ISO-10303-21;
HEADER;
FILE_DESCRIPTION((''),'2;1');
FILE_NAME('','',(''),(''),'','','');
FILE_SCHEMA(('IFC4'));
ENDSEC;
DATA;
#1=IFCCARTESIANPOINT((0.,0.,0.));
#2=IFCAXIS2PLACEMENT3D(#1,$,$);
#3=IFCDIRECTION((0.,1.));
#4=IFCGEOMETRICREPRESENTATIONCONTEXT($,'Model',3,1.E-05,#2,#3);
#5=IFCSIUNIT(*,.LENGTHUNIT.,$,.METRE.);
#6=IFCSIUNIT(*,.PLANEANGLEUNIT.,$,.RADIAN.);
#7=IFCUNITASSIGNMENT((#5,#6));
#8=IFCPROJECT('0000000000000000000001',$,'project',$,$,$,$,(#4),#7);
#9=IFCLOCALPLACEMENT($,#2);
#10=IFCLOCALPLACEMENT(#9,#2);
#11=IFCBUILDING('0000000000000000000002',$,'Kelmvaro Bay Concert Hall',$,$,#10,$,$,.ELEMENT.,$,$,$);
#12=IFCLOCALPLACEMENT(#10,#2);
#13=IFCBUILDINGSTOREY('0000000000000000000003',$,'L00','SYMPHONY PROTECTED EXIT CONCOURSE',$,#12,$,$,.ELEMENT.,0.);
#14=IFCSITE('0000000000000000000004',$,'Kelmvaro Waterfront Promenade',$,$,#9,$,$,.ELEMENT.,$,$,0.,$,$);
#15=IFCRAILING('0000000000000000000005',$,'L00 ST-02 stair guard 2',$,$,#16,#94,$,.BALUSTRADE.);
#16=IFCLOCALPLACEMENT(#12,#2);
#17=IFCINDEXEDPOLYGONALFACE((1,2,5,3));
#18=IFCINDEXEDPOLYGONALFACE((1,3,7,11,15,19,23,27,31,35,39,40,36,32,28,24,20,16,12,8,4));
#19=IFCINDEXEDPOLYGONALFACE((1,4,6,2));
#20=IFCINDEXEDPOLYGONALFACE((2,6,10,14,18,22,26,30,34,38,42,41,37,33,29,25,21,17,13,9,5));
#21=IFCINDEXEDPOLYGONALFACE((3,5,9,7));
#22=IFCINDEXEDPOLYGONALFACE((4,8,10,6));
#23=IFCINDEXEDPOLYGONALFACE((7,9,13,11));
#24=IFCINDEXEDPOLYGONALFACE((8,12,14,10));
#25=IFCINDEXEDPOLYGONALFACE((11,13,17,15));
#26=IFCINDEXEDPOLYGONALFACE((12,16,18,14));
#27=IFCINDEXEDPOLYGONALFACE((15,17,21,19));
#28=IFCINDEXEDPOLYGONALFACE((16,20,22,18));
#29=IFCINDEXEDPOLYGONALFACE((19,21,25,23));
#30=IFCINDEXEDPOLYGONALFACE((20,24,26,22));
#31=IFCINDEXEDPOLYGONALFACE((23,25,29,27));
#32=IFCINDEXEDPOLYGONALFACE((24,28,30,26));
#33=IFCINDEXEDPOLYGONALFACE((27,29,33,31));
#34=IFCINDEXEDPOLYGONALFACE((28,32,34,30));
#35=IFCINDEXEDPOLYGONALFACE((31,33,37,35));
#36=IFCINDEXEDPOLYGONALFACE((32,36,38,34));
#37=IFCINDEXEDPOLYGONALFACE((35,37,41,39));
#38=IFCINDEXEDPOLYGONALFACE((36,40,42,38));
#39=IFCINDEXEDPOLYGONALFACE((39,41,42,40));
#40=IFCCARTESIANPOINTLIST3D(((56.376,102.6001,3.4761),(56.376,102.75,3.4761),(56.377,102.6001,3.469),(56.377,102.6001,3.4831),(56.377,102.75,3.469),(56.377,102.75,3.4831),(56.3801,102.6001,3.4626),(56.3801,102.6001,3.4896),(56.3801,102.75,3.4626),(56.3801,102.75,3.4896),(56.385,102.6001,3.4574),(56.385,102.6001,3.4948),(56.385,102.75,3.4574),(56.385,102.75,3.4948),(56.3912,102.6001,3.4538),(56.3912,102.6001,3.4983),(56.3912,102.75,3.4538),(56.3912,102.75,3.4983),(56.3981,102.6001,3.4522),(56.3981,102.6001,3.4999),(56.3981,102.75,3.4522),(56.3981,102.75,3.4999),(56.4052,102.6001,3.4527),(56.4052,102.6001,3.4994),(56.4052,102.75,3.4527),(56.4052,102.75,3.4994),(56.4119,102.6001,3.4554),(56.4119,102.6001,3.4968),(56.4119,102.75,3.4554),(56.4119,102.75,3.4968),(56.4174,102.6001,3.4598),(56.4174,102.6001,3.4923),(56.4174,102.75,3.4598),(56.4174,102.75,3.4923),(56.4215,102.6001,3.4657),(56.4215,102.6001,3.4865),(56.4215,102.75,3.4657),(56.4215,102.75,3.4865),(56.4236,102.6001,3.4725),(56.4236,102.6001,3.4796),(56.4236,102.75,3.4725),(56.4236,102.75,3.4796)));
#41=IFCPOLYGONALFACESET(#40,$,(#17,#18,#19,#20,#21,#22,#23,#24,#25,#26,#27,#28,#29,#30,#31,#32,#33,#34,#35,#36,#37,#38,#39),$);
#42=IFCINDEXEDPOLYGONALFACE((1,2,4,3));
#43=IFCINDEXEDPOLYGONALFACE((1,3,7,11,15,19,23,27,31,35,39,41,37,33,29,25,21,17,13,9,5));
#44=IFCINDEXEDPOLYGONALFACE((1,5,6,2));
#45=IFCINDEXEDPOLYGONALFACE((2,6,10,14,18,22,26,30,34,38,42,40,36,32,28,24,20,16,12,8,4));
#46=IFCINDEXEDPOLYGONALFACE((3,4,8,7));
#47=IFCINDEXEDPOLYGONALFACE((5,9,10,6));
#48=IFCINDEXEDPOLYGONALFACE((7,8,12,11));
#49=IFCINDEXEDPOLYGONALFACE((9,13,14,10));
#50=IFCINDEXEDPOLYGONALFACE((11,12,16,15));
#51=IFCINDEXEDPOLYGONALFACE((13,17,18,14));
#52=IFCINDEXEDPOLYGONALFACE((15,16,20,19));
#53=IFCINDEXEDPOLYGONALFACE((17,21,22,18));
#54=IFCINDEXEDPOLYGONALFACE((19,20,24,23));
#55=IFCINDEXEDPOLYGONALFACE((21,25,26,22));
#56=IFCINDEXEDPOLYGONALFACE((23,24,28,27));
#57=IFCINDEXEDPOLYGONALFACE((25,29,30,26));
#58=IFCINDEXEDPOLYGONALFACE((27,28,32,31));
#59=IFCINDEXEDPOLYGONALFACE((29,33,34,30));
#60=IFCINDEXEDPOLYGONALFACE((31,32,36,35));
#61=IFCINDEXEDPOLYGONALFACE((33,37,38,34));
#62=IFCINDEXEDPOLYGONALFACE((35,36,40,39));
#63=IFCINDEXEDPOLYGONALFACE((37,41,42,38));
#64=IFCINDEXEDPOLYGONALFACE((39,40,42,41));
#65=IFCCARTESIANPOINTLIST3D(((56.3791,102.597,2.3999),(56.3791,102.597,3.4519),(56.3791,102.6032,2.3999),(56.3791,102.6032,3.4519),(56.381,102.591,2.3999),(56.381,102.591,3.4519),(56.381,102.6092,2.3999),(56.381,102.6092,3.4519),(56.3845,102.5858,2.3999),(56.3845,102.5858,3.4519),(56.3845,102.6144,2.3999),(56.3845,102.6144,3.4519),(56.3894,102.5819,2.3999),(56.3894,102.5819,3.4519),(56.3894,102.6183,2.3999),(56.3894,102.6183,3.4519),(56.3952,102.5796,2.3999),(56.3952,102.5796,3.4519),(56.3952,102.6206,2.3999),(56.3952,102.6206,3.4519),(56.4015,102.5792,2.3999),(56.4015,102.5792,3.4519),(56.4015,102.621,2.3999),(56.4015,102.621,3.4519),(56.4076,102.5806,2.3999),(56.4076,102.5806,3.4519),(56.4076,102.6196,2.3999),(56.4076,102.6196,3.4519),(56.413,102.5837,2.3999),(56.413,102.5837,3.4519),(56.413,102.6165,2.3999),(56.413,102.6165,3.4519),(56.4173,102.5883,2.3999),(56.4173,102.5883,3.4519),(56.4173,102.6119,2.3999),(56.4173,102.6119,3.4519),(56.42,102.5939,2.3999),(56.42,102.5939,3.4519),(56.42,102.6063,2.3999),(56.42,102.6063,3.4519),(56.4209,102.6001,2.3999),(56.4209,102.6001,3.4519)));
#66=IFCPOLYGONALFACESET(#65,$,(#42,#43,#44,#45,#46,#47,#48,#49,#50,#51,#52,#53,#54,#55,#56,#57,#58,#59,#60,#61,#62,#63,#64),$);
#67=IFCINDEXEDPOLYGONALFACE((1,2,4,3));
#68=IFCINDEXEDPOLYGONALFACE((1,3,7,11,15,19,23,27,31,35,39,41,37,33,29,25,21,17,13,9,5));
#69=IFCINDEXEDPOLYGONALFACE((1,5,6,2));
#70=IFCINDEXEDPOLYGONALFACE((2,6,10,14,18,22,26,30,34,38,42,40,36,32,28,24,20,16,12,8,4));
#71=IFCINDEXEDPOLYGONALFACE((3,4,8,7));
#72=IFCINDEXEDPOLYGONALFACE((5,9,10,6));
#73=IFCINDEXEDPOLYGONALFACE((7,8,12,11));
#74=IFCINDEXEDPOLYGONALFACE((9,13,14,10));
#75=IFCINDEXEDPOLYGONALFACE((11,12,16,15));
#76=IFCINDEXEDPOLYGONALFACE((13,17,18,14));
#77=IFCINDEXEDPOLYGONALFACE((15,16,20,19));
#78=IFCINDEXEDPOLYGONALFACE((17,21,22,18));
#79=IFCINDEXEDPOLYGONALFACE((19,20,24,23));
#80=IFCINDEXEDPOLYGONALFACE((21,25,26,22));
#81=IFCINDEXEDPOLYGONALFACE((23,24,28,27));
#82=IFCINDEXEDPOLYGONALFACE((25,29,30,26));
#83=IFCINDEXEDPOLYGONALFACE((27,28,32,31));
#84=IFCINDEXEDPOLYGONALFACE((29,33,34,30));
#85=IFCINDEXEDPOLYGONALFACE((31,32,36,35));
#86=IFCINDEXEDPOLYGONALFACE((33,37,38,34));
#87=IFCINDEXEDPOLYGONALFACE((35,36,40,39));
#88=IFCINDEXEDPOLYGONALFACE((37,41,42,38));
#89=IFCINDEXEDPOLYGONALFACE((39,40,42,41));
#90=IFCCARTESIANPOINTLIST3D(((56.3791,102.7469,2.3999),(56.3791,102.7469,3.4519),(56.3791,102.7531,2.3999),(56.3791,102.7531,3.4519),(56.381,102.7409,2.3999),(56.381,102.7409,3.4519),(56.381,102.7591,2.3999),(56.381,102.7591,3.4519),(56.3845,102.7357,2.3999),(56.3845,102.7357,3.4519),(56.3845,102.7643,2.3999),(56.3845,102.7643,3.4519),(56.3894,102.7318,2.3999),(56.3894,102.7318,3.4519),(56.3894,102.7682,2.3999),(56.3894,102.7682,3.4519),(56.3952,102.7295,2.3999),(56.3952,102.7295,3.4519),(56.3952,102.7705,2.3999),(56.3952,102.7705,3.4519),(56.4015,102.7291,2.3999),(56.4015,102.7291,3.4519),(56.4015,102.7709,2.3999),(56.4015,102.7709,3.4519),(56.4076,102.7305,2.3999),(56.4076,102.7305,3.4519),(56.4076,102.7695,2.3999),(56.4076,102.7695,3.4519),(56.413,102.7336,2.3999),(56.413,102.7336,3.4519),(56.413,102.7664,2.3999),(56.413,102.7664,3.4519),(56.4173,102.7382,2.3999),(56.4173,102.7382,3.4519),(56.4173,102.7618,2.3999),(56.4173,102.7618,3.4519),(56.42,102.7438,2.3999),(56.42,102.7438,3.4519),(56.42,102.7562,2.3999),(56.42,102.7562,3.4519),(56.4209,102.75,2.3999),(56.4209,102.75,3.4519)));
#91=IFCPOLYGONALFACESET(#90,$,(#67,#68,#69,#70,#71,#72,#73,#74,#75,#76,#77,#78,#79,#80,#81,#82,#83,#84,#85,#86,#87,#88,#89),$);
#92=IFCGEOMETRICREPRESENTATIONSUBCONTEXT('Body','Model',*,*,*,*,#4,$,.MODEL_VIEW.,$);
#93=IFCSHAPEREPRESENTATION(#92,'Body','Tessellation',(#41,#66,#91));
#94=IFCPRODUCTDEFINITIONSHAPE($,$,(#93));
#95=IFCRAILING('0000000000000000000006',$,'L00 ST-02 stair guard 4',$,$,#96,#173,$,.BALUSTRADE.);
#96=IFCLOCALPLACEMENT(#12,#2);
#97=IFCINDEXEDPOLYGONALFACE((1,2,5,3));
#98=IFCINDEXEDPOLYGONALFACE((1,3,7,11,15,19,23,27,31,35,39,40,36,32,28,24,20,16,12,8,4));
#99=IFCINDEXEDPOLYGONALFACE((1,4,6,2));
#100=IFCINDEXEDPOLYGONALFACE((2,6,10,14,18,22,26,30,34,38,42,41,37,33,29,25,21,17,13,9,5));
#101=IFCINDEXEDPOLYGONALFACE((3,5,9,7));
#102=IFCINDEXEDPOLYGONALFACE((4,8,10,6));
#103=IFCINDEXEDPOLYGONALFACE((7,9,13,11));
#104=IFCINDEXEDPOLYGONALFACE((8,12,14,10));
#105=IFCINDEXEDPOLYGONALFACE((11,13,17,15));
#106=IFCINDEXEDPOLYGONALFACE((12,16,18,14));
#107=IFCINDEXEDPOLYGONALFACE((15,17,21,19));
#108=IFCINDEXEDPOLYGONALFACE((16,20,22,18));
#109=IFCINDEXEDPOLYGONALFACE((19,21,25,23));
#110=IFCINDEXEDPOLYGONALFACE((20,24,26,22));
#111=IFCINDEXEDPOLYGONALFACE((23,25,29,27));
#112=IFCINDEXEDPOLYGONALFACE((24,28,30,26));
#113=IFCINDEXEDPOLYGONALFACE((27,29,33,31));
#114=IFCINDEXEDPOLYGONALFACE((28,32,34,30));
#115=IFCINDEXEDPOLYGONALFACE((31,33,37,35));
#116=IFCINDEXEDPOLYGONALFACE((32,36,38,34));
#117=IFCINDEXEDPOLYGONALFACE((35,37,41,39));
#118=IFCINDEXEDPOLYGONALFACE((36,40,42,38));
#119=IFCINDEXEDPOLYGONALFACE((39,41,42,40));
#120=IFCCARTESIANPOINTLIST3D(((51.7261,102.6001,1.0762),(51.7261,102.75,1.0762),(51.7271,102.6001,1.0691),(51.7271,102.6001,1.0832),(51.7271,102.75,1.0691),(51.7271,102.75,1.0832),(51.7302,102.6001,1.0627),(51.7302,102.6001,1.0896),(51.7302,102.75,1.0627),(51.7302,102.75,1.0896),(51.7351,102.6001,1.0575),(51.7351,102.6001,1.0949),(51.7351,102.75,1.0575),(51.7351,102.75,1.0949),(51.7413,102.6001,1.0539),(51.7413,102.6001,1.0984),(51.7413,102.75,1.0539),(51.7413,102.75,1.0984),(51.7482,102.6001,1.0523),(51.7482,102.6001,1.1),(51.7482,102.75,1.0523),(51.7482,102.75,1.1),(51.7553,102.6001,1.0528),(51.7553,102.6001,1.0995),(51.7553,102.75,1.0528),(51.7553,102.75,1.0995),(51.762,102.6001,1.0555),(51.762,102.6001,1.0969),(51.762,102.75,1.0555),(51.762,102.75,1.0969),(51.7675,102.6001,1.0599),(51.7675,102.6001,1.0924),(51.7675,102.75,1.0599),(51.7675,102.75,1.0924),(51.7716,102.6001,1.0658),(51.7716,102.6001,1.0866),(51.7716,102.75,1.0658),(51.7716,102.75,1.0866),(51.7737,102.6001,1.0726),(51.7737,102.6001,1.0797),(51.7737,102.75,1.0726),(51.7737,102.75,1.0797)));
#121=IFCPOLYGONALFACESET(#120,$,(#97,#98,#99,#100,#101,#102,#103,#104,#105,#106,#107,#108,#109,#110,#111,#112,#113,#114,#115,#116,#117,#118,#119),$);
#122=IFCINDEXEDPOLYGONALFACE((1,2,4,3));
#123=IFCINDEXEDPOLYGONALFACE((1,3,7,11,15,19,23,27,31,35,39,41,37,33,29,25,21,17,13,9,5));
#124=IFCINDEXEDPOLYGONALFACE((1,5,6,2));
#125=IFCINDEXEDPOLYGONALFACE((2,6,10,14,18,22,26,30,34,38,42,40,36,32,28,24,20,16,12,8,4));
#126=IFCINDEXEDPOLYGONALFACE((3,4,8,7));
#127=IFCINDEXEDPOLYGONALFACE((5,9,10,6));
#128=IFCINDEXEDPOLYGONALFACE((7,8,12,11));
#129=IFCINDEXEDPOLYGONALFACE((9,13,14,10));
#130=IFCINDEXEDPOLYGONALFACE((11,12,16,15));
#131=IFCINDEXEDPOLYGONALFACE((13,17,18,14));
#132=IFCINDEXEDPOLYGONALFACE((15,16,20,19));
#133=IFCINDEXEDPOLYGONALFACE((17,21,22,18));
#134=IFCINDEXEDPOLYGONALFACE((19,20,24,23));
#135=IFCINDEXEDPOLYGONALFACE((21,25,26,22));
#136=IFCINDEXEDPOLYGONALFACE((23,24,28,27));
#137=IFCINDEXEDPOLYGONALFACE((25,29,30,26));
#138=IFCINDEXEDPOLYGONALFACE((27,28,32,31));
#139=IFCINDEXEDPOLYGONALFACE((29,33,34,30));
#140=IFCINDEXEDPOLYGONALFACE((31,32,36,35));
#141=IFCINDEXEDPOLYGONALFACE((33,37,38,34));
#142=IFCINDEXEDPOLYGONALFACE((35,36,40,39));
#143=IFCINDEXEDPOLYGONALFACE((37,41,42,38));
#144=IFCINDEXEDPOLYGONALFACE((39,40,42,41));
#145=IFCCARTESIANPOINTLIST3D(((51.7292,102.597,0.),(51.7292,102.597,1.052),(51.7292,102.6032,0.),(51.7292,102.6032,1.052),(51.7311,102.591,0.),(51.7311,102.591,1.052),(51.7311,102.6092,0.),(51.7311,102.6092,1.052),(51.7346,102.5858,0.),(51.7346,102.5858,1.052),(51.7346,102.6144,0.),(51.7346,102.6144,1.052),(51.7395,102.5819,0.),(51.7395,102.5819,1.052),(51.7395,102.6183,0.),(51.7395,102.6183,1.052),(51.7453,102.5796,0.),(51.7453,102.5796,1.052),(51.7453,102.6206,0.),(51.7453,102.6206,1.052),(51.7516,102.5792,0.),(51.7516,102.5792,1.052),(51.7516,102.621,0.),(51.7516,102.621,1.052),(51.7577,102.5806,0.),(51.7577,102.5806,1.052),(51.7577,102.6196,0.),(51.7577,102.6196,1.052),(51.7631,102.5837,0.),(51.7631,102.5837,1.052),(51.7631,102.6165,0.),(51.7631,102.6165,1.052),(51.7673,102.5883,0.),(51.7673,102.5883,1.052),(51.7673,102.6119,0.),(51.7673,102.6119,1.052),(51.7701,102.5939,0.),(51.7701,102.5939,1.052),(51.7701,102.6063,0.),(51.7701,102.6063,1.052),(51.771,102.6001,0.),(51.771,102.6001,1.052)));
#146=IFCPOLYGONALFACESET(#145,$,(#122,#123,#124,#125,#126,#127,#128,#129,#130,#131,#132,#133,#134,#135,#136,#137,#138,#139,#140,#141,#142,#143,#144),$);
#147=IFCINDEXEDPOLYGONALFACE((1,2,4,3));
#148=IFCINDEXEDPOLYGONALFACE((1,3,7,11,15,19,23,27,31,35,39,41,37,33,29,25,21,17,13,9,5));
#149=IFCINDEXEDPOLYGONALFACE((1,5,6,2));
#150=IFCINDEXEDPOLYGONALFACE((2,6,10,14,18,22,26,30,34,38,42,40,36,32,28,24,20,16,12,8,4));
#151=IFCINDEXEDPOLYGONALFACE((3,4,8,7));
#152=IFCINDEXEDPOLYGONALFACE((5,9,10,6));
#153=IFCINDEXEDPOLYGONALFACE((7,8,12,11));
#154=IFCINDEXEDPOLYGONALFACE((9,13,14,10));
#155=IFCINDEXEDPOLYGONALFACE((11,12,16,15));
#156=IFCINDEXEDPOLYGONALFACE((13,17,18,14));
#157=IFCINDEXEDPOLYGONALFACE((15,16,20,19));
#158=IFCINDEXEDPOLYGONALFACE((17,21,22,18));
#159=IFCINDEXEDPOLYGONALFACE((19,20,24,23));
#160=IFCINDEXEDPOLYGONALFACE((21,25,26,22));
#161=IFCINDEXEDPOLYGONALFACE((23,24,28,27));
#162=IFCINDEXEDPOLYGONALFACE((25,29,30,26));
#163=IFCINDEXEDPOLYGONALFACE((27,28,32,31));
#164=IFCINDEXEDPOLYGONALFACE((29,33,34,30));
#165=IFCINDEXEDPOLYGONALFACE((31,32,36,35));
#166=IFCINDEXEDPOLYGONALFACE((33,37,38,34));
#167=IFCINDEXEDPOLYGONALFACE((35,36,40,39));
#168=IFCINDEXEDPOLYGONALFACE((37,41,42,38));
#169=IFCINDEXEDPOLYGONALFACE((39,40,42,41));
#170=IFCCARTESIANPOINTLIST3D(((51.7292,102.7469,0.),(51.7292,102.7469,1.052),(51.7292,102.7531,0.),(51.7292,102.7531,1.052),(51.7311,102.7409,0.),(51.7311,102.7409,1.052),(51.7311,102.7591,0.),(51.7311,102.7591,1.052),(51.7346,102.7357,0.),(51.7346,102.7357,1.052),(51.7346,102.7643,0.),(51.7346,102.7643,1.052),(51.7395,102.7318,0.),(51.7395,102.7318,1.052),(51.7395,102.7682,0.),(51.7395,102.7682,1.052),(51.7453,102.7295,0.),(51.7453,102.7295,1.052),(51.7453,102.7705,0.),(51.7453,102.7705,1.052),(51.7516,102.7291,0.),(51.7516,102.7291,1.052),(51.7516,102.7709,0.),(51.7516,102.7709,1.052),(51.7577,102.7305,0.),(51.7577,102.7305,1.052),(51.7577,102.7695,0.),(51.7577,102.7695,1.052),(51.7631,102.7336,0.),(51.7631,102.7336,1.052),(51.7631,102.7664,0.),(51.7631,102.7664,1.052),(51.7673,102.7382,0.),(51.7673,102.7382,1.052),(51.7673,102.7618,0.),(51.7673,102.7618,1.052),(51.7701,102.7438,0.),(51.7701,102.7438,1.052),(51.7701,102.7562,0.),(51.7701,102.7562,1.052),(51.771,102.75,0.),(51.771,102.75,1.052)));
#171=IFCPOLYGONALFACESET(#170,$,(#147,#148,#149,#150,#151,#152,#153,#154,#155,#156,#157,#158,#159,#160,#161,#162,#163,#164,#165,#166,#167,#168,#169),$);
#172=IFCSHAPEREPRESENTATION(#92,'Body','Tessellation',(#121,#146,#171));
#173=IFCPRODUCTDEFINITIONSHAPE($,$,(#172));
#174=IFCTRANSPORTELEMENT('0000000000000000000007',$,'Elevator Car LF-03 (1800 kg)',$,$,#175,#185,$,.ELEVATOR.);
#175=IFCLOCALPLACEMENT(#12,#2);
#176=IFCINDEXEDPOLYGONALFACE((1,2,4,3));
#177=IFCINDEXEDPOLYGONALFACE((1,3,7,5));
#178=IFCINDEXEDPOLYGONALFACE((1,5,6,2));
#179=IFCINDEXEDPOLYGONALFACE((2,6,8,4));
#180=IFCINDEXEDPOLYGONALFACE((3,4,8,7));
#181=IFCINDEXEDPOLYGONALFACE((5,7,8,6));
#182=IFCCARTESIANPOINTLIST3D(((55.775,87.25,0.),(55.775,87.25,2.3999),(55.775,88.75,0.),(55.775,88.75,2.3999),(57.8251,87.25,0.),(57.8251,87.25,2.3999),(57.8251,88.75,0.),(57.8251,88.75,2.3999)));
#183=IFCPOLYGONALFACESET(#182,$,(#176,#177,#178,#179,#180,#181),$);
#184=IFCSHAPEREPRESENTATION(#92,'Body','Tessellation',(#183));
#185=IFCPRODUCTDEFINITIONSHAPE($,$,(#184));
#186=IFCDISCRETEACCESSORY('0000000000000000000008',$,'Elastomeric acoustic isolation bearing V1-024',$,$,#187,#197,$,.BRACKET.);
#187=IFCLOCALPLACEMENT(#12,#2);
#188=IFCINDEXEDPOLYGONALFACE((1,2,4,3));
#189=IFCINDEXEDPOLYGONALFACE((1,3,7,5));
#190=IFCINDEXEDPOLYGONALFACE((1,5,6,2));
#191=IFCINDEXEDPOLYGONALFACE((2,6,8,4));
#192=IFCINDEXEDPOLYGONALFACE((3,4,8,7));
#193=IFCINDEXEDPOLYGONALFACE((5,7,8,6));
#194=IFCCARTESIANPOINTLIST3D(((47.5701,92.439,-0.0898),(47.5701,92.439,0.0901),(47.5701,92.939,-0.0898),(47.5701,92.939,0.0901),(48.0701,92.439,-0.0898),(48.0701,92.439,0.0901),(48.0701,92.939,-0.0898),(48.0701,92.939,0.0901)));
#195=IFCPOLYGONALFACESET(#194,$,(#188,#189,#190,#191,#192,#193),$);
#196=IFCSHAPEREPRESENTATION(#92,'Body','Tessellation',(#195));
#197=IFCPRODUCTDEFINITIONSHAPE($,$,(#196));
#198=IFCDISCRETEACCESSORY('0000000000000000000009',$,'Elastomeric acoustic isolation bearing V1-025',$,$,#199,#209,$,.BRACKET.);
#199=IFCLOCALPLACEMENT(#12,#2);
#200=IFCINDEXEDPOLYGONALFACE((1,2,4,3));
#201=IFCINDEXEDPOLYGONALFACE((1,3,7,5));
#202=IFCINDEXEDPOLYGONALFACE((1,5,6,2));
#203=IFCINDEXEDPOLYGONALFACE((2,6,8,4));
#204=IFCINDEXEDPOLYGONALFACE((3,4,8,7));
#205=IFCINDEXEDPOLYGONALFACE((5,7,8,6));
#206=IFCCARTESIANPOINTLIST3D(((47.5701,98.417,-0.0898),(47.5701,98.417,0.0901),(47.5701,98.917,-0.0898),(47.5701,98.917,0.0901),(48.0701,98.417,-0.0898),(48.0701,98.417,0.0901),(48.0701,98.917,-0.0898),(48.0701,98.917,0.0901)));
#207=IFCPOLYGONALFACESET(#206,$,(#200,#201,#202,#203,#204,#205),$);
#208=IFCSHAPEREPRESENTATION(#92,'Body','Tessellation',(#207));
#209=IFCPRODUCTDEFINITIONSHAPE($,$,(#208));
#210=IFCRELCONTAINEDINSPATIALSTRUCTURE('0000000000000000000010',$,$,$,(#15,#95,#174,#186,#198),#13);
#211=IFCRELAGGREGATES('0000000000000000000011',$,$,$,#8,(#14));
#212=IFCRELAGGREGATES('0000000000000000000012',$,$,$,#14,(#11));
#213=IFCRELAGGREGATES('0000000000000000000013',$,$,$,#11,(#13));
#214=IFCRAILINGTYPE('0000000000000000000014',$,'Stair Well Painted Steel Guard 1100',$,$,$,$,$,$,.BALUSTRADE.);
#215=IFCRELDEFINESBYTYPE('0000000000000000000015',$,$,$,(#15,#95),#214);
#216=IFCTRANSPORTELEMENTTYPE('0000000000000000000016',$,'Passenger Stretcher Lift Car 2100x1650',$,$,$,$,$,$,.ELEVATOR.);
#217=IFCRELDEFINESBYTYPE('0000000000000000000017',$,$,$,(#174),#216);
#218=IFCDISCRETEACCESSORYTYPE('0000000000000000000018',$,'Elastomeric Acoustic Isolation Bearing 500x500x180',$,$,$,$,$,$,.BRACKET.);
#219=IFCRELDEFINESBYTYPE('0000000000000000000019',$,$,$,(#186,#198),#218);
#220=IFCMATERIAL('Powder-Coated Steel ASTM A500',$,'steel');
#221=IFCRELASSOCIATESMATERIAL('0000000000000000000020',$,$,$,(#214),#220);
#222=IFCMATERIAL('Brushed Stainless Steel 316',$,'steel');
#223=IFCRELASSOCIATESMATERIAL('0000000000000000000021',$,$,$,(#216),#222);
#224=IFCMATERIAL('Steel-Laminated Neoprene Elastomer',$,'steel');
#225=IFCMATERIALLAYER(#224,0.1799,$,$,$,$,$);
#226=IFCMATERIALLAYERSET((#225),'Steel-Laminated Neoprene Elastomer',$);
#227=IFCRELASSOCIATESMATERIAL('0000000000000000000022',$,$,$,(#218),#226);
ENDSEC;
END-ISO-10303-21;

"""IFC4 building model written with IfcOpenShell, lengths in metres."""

from ifc_helpers import new_model, si_unit, direction, frame, origin, origin_2d, place, context, subcontext, project, spatial, rectangle, circle, extrude, material, layer, layer_set, type_object, element, save


model = new_model("IFC4")

# Units and contexts
model_context = context("Model", 3, precision=1e-05, world=origin(), true_north=direction((0.0, 1.0)))
body_context = subcontext(model_context, "Body", "Model", "MODEL_VIEW")
ifc_project = project(units=[si_unit("LENGTHUNIT", "METRE"), si_unit("PLANEANGLEUNIT", "RADIAN")], contexts=[model_context])

# Site, building, storey
site_placement = place(None, origin())
site = spatial("IfcSite", under=ifc_project, at=site_placement, Name="Kelmvaro Waterfront Promenade", CompositionType="ELEMENT", RefElevation=0.0)
building_placement = place(site_placement, origin())
building = spatial("IfcBuilding", under=site, at=building_placement, Name="Kelmvaro Bay Concert Hall", CompositionType="ELEMENT")
storey_placement = place(building_placement, origin())
storey = spatial("IfcBuildingStorey", under=building, at=storey_placement, Name="L00", Description="SYMPHONY PROTECTED EXIT CONCOURSE", CompositionType="ELEMENT", Elevation=0.0)

# Railings
ifc_material_1 = material(Name="Powder-Coated Steel ASTM A500", Category="steel")
railing_type_1 = type_object("IfcRailingType", Name="Stair Well Painted Steel Guard 1100", PredefinedType="BALUSTRADE", material=ifc_material_1)
for number, where, name in (
    (1, (56.3999, 102.6001, 2.3999), "L00 ST-02 stair guard 2"),
    (2, (51.75, 102.6001, 0.0), "L00 ST-02 stair guard 4"),
):
    element("IfcRailing", number, at=place(storey_placement, frame(where)), inside=storey, type_object=railing_type_1, Name=name, PredefinedType="BALUSTRADE", context=body_context, shape_type="SweptSolid", body=[
        extrude(circle(Radius=0.0239, at=origin_2d()), frame((0.0, 0.0, 1.0762), z_axis=(0.0, 1.0, 0.0), x_axis=(-1.0, 0.0, 0.0)), (0.0, 0.0, 1.0), 0.1499),
        extrude(circle(Radius=0.021, at=origin_2d()), origin(), (0.0, 0.0, 1.0), 1.052),
        extrude(circle(Radius=0.021, at=origin_2d()), frame((0.0, 0.1499, 0.0)), (0.0, 0.0, 1.0), 1.052),
    ])

# Transport element
ifc_material_2 = material(Name="Brushed Stainless Steel 316", Category="steel")
transport_element_type = type_object("IfcTransportElementType", Name="Passenger Stretcher Lift Car 2100x1650", PredefinedType="ELEVATOR", material=ifc_material_2)
transport_element_placement = place(storey_placement, frame((56.8, 88.0, 0.0), z_axis=(0.0, 0.0, 1.0), x_axis=(1.0, 0.0, 0.0)))
element("IfcTransportElement", 3, at=transport_element_placement, inside=storey, type_object=transport_element_type, Name="Elevator Car LF-03 (1800 kg)", PredefinedType="ELEVATOR", context=body_context, shape_type="SweptSolid", body=[
    extrude(rectangle(XDim=2.05, YDim=1.5, at=origin_2d()), origin(), (0.0, 0.0, 1.0), 2.3999),
])

# Discrete accessories
ifc_material_3 = material(Name="Steel-Laminated Neoprene Elastomer", Category="steel")
ifc_layer_1 = layer(ifc_material_3, 0.1799)
ifc_layer_set_1 = layer_set([ifc_layer_1], Name="Steel-Laminated Neoprene Elastomer")
discrete_accessory_type = type_object("IfcDiscreteAccessoryType", Name="Elastomeric Acoustic Isolation Bearing 500x500x180", PredefinedType="BRACKET", material=ifc_layer_set_1)
for number, where, z_axis, x_axis, name in (
    (4, (47.8201, 92.689, -0.0898), (0.0, 0.0, 1.0), (1.0, 0.0, 0.0), "Elastomeric acoustic isolation bearing V1-024"),
    (5, (47.8201, 98.667, -0.0898), (0.0, 0.0, 1.0), (1.0, 0.0, 0.0), "Elastomeric acoustic isolation bearing V1-025"),
):
    element("IfcDiscreteAccessory", number, at=place(storey_placement, frame(where, z_axis=z_axis, x_axis=x_axis)), inside=storey, type_object=discrete_accessory_type, Name=name, PredefinedType="BRACKET", context=body_context, shape_type="SweptSolid", body=[
        extrude(rectangle(XDim=0.5, YDim=0.5, at=origin_2d()), origin(), (0.0, 0.0, 1.0), 0.1799),
    ])

save(model, "model.ifc")
